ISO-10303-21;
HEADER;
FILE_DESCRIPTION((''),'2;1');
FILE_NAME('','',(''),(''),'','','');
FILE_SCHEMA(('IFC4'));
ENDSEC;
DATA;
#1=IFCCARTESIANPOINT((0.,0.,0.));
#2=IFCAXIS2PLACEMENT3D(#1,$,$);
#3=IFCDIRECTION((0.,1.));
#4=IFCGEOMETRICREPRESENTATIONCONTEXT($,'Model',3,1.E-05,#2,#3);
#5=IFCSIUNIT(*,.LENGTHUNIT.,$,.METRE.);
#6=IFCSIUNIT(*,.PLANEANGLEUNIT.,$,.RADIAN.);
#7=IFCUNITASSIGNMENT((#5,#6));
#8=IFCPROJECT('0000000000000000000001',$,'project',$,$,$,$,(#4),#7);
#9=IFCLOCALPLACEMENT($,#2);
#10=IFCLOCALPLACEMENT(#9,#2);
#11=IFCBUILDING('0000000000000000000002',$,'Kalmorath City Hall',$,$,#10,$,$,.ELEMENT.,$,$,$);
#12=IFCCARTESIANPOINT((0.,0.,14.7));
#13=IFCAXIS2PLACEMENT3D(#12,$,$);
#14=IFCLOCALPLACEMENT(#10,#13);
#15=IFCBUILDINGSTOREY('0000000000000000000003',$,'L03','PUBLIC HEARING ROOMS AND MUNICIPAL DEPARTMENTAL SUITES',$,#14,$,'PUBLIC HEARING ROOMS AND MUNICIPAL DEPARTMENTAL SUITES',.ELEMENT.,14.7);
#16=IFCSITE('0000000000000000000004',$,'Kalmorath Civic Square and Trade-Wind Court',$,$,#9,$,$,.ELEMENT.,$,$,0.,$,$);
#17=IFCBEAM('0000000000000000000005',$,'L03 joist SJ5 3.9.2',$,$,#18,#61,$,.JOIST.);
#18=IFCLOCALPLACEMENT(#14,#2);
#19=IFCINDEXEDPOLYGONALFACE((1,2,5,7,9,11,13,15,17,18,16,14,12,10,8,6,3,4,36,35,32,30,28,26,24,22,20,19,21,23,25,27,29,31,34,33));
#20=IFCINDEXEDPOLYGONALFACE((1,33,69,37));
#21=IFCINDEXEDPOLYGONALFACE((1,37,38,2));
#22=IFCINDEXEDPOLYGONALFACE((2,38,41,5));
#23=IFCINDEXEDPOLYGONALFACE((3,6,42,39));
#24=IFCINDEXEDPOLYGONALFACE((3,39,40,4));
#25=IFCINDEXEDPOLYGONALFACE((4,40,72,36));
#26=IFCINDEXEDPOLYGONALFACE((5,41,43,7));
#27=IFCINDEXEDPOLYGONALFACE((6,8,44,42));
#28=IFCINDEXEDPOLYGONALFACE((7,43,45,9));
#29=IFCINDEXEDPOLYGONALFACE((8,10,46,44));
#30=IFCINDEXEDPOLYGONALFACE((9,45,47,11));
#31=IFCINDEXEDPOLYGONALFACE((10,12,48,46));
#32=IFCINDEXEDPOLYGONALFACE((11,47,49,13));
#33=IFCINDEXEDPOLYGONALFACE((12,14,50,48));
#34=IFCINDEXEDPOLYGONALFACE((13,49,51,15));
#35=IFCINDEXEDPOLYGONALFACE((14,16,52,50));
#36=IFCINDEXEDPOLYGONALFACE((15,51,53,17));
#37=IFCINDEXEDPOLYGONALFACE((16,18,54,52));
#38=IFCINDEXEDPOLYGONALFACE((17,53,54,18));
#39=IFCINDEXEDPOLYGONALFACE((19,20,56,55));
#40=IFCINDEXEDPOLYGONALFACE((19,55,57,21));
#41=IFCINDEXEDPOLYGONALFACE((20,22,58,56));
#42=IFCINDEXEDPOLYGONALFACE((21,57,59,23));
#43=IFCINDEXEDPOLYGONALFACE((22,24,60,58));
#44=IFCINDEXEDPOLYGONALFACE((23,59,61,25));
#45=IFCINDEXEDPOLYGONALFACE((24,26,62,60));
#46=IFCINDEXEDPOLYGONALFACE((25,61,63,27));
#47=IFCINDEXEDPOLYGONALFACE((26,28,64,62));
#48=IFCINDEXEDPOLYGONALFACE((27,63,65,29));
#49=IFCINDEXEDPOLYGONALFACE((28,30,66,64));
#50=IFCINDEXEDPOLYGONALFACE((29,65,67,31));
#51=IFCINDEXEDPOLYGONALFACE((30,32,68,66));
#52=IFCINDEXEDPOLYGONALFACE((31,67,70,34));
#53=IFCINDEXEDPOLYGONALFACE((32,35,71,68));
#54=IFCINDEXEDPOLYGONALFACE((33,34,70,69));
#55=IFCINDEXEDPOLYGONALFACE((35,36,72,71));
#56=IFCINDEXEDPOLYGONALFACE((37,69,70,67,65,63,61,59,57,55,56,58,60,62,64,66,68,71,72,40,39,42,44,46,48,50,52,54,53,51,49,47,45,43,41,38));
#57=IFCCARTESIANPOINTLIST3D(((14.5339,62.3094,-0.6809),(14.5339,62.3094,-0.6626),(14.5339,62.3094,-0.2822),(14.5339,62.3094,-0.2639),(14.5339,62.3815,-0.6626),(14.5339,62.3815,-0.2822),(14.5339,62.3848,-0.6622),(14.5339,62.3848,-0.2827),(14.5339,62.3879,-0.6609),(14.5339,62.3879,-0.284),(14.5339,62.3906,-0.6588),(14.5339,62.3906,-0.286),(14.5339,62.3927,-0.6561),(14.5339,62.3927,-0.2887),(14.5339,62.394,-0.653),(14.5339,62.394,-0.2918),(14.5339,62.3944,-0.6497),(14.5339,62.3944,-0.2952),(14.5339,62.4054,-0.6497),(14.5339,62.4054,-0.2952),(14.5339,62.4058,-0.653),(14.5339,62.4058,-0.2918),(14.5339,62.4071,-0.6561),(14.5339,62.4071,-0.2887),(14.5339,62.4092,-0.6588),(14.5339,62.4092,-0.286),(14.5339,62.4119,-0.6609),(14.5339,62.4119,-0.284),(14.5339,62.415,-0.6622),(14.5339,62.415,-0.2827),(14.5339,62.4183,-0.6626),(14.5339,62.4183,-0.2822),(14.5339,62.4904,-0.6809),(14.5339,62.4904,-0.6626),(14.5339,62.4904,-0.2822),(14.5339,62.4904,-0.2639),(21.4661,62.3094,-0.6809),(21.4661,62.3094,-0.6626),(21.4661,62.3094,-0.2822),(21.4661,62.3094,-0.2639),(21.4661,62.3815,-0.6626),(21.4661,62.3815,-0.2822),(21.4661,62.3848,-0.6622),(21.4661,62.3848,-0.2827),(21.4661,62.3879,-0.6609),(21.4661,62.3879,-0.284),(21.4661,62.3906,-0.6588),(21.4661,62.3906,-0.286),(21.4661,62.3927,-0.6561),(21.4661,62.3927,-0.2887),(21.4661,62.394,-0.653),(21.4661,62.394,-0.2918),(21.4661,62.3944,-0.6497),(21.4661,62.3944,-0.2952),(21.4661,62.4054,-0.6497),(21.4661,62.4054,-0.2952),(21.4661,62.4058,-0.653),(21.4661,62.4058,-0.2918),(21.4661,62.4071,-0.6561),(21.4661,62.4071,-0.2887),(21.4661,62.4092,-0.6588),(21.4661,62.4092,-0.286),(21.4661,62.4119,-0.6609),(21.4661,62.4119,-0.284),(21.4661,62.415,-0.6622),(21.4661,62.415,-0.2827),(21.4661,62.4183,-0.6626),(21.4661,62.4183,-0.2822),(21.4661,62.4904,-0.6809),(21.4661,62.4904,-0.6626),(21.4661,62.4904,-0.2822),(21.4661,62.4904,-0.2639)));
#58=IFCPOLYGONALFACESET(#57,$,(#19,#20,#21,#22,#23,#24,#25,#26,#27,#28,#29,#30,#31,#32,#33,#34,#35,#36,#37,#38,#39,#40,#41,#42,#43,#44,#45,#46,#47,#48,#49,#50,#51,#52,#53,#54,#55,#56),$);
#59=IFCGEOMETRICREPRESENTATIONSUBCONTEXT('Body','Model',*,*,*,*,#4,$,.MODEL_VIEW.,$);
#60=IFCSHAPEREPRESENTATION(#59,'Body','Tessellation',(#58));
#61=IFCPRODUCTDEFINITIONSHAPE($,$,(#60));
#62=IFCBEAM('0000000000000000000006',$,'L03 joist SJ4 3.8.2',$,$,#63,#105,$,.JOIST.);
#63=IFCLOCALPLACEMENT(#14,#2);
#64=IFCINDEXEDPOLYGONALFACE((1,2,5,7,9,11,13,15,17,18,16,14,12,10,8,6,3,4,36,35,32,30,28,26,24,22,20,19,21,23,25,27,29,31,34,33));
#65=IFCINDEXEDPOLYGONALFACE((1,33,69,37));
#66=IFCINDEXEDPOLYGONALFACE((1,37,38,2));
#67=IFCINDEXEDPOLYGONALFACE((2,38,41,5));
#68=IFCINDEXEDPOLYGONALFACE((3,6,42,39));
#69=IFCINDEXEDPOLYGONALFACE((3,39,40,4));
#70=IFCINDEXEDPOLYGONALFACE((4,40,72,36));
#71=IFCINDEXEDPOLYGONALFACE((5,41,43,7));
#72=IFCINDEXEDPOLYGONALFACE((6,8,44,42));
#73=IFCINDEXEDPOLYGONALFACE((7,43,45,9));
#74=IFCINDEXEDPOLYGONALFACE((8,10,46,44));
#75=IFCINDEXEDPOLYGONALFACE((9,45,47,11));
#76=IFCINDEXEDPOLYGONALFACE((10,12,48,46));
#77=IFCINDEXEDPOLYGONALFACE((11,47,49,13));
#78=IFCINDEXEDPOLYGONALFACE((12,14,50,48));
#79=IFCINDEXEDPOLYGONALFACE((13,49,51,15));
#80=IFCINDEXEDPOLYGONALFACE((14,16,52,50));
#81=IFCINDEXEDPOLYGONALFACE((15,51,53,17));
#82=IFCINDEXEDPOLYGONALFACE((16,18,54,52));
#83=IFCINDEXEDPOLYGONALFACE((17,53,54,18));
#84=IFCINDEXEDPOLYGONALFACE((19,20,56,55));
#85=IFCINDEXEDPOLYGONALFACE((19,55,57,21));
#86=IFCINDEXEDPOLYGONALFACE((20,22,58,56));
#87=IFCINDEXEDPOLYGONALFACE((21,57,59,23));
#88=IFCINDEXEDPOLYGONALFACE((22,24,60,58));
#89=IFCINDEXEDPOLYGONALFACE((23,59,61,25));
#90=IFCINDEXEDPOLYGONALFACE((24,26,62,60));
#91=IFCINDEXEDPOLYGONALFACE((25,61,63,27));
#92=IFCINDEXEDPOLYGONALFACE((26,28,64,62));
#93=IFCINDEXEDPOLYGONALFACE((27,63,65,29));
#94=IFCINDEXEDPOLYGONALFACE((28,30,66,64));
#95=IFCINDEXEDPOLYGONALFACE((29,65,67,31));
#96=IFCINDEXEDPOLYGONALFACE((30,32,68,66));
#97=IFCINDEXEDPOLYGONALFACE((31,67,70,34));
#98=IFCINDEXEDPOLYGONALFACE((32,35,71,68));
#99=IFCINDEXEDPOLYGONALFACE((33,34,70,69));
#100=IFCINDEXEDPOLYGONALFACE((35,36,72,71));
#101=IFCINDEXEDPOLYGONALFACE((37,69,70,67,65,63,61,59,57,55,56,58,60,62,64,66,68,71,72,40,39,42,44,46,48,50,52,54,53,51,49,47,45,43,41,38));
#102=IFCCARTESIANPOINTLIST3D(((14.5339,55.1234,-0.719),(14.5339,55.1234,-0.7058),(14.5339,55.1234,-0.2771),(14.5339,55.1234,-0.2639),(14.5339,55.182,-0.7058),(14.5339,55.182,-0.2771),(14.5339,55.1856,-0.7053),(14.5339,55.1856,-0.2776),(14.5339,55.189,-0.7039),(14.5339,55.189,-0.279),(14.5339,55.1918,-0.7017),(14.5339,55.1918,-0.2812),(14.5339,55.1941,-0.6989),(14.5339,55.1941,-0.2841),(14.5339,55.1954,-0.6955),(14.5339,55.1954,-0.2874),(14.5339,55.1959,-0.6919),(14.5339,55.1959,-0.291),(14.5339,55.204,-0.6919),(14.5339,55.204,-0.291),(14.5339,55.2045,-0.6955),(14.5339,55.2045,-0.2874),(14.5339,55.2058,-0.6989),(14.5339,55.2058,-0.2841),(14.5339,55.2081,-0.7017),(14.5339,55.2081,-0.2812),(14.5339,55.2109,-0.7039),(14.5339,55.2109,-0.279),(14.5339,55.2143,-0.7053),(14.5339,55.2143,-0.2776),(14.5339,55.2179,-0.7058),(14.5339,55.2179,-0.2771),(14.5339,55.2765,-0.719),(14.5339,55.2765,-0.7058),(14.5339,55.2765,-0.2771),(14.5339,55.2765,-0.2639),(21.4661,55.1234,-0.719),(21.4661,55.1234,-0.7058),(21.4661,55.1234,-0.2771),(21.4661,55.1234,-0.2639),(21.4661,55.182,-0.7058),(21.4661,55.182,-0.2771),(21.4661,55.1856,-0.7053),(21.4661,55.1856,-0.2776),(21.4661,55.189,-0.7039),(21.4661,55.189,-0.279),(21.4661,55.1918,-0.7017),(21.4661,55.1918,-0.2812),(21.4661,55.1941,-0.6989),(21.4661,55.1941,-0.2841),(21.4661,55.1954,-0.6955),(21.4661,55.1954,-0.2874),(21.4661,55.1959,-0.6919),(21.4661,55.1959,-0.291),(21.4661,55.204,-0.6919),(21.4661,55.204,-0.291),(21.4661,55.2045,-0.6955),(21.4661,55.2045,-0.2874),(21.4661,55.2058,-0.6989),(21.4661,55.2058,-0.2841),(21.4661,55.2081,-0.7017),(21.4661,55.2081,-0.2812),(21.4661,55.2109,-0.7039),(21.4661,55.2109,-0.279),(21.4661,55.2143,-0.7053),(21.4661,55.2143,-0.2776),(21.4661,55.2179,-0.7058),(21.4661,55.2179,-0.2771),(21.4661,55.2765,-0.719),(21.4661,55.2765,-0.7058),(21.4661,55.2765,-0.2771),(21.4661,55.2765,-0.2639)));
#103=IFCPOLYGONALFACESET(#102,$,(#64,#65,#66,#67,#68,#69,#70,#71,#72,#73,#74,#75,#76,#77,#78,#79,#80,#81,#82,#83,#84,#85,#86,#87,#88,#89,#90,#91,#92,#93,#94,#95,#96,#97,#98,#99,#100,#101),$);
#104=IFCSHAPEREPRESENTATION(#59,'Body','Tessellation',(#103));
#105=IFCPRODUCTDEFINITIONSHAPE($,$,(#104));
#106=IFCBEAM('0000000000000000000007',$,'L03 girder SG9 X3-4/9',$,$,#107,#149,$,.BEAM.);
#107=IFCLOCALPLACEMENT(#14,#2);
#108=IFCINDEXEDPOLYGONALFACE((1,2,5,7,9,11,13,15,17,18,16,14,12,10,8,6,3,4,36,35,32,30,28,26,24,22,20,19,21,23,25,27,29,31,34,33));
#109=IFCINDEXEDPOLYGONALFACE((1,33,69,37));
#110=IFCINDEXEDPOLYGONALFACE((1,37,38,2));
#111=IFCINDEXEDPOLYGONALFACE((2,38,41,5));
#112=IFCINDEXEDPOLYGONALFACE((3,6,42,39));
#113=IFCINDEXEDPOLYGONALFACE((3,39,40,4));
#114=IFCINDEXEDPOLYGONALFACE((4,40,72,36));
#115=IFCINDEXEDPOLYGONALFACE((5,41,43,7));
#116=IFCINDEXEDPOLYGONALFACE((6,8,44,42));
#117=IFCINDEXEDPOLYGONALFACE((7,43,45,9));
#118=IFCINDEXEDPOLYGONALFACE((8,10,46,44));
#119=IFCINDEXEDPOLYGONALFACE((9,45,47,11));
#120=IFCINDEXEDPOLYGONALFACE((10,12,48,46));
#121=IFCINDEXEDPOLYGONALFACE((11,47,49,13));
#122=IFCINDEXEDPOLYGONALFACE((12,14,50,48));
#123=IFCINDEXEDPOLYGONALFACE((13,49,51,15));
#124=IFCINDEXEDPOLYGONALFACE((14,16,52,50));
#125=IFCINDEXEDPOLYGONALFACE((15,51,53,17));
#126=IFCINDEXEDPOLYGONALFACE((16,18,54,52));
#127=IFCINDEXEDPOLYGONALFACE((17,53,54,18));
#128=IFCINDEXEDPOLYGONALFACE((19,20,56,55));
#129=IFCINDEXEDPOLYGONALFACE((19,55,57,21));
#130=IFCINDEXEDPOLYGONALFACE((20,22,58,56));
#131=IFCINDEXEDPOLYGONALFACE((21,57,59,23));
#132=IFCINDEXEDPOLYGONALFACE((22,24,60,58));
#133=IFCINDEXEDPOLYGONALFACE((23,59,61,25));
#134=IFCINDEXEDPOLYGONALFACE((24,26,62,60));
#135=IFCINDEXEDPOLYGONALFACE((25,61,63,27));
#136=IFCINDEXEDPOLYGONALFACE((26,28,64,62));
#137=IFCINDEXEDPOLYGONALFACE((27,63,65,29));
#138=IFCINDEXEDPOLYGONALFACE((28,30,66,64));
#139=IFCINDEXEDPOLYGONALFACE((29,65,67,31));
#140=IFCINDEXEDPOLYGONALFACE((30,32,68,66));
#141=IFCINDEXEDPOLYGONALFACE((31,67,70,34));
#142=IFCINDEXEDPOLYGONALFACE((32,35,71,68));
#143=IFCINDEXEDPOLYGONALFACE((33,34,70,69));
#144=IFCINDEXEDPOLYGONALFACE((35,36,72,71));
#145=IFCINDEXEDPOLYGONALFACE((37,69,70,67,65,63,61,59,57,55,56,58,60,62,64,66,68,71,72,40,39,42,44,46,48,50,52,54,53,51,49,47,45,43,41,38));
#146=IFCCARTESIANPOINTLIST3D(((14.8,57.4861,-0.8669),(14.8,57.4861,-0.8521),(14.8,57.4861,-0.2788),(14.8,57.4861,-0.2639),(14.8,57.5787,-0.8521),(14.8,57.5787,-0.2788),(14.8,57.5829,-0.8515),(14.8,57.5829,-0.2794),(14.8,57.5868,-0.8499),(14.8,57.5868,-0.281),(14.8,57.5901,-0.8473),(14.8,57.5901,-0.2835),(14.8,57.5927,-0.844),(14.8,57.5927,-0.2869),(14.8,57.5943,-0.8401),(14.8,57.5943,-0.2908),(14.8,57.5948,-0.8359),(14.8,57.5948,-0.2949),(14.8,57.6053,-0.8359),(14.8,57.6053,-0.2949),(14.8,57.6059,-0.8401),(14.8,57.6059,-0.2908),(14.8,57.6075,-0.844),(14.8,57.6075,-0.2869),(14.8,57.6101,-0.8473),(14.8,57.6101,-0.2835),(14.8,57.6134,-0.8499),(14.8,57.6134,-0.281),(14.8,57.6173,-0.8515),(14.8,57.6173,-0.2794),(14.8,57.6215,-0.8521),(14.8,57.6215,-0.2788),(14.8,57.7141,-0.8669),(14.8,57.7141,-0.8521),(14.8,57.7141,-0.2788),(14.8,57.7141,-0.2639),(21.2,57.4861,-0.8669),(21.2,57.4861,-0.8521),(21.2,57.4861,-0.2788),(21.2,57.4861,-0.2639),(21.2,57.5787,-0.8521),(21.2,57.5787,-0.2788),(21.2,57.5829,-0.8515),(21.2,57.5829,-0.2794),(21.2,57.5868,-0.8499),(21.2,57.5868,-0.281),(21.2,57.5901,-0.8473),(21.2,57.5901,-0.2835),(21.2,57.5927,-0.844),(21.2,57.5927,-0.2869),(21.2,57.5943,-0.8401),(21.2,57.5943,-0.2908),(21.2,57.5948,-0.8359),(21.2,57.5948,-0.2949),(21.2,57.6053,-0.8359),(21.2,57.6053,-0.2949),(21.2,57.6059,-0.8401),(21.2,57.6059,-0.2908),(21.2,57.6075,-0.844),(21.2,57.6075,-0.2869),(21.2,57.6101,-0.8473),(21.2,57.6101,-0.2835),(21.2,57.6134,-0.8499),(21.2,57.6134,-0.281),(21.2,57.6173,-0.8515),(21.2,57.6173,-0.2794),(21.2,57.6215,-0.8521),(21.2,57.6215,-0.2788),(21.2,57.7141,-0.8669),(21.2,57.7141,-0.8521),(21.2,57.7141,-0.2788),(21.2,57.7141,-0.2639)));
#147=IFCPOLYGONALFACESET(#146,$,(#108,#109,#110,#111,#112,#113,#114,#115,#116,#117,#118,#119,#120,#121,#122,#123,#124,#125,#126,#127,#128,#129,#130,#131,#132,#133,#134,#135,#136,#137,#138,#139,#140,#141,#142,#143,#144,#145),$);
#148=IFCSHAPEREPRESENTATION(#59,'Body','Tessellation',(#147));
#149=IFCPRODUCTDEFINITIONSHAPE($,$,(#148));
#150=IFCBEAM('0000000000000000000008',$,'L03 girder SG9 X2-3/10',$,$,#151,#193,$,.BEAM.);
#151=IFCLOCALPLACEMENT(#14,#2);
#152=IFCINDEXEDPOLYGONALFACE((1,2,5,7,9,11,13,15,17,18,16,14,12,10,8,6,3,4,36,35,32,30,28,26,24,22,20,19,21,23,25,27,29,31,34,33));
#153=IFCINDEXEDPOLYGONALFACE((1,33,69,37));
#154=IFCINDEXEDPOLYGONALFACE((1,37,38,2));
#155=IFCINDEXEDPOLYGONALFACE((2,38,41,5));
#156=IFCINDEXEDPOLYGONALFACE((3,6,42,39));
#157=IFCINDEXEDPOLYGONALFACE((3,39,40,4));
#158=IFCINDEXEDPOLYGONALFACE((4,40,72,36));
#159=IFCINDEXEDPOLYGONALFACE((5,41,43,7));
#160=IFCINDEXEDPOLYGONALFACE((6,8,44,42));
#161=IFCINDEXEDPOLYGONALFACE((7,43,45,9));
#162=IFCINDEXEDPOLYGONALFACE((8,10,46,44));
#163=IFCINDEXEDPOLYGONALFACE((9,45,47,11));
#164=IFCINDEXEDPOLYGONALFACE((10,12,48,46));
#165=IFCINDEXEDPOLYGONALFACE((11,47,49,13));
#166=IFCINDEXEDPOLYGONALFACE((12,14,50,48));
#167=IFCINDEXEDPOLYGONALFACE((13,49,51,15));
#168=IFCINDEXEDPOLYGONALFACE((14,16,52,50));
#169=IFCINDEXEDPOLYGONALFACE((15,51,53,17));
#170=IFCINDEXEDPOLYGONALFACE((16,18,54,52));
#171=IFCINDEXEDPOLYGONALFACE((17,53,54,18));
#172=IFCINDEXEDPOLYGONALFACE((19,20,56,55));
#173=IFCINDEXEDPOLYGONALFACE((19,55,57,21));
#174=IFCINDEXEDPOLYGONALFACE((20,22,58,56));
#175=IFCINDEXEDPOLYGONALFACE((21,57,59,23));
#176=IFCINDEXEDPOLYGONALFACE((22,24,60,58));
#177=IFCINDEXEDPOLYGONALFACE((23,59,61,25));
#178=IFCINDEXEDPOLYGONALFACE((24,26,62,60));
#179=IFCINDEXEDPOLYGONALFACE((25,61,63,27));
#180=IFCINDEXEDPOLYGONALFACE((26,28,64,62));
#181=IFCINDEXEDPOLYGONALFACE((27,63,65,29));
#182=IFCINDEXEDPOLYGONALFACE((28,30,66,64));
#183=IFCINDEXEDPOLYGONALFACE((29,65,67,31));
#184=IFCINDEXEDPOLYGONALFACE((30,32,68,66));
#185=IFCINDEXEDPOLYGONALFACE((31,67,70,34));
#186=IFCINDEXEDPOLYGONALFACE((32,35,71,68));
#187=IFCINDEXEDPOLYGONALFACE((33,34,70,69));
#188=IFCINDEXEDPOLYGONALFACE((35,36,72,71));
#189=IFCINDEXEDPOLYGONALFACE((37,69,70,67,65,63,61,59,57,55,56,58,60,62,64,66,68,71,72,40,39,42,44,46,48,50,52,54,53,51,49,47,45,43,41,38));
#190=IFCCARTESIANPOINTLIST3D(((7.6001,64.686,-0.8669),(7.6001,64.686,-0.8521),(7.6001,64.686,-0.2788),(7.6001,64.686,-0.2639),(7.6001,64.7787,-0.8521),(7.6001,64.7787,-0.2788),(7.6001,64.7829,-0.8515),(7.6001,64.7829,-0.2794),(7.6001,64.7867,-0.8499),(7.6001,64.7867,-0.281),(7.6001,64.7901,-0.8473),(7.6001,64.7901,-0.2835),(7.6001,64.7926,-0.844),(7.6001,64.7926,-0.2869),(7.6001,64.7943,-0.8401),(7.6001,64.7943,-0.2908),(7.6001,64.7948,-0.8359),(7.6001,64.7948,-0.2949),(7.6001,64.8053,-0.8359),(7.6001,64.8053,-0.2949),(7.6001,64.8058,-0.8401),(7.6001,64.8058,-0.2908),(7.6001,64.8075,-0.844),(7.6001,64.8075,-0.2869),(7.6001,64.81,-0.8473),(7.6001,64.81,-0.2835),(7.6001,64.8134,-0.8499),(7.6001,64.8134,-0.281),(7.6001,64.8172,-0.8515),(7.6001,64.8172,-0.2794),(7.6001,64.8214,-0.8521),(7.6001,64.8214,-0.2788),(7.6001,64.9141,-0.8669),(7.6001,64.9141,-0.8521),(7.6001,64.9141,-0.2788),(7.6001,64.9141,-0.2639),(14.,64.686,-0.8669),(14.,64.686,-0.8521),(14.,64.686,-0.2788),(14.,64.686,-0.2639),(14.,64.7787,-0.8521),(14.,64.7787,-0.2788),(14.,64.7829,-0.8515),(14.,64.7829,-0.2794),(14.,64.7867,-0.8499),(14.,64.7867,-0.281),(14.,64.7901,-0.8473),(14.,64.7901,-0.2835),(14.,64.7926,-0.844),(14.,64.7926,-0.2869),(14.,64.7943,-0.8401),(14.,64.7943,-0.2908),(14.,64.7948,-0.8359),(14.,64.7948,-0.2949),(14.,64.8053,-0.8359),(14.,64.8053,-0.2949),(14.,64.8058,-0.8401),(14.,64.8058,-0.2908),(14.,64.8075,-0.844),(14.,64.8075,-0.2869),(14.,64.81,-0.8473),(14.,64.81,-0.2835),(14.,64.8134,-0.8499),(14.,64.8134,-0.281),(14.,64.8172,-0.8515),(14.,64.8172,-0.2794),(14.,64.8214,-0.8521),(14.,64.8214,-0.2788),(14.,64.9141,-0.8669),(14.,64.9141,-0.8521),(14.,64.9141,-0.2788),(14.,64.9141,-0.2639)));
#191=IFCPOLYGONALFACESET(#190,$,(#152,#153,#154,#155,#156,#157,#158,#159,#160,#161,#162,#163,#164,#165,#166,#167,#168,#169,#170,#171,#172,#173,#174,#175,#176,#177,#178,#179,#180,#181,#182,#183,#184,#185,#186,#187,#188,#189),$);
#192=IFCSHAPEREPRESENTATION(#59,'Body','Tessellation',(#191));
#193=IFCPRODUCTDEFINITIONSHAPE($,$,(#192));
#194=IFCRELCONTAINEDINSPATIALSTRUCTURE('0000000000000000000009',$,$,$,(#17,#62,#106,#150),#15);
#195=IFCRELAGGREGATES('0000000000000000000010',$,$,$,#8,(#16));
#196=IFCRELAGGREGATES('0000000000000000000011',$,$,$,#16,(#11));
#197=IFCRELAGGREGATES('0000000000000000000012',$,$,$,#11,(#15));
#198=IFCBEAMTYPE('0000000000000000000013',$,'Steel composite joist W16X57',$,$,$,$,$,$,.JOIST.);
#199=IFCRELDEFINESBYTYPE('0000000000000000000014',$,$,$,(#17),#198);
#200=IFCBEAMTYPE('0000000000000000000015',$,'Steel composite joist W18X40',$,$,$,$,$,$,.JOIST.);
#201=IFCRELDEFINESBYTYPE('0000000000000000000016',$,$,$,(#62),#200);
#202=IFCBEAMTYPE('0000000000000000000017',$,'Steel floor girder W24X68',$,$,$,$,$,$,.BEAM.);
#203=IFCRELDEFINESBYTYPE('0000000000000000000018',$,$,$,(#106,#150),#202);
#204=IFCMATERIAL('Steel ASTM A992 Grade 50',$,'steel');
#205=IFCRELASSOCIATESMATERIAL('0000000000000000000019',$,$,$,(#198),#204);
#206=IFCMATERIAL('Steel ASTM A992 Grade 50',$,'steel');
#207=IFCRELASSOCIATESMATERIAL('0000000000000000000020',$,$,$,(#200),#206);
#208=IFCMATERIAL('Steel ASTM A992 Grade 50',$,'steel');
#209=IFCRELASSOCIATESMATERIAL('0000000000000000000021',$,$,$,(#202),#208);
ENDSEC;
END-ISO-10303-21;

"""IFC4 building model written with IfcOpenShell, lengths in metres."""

from ifc_helpers import new_model, si_unit, direction, frame, origin, origin_2d, place, context, subcontext, project, spatial, i_section, extrude, material, material_profile, profile_set, type_object, element, save


model = new_model("IFC4")

# Units and contexts
model_context = context("Model", 3, precision=1e-05, world=origin(), true_north=direction((0.0, 1.0)))
body_context = subcontext(model_context, "Body", "Model", "MODEL_VIEW")
ifc_project = project(units=[si_unit("LENGTHUNIT", "METRE"), si_unit("PLANEANGLEUNIT", "RADIAN")], contexts=[model_context])

# Site, building, storey
site_placement = place(None, origin())
site = spatial("IfcSite", under=ifc_project, at=site_placement, Name="Kalmorath Civic Square and Trade-Wind Court", CompositionType="ELEMENT", RefElevation=0.0)
building_placement = place(site_placement, origin())
building = spatial("IfcBuilding", under=site, at=building_placement, Name="Kalmorath City Hall", CompositionType="ELEMENT")
storey_placement = place(building_placement, frame((0.0, 0.0, 14.7)))
storey = spatial("IfcBuildingStorey", under=building, at=storey_placement, Name="L03", Description="PUBLIC HEARING ROOMS AND MUNICIPAL DEPARTMENTAL SUITES", LongName="PUBLIC HEARING ROOMS AND MUNICIPAL DEPARTMENTAL SUITES", CompositionType="ELEMENT", Elevation=14.7)

# Beams
ifc_material_1 = material(Name="Steel ASTM A992 Grade 50", Category="steel")
ifc_material_profile_1 = material_profile(ifc_material_1, i_section(OverallWidth=0.1809, OverallDepth=0.417, WebThickness=0.011, FlangeThickness=0.0183, FilletRadius=0.0129, at=origin_2d()), Name="W16X57")
ifc_profile_set_1 = profile_set([ifc_material_profile_1], Name="Steel ASTM A992 Grade 50")
beam_type_1 = type_object("IfcBeamType", Name="Steel composite joist W16X57", PredefinedType="JOIST", material=ifc_profile_set_1)
for number, where, z_axis, x_axis, name in (
    (1, (14.5339, 62.3999, -0.4724), (1.0, 0.0, 0.0), (0.0, 1.0, 0.0), "L03 joist SJ5 3.9.2"),
):
    element("IfcBeam", number, at=place(storey_placement, frame(where, z_axis=z_axis, x_axis=x_axis)), inside=storey, type_object=beam_type_1, Name=name, PredefinedType="JOIST", context=body_context, shape_type="SweptSolid", body=[
        extrude(i_section(OverallWidth=0.1809, OverallDepth=0.417, WebThickness=0.011, FlangeThickness=0.0183, FilletRadius=0.0129, at=origin_2d()), origin(), (0.0, 0.0, 1.0), 6.9321),
    ])
ifc_material_2 = material(Name="Steel ASTM A992 Grade 50", Category="steel")
ifc_material_profile_2 = material_profile(ifc_material_2, i_section(OverallWidth=0.1531, OverallDepth=0.4551, WebThickness=0.0081, FlangeThickness=0.0132, FilletRadius=0.0139, at=origin_2d()), Name="W18X40")
ifc_profile_set_2 = profile_set([ifc_material_profile_2], Name="Steel ASTM A992 Grade 50")
beam_type_2 = type_object("IfcBeamType", Name="Steel composite joist W18X40", PredefinedType="JOIST", material=ifc_profile_set_2)
beam_1_placement = place(storey_placement, frame((14.5339, 55.2, -0.4915), z_axis=(1.0, 0.0, 0.0), x_axis=(0.0, 1.0, 0.0)))
element("IfcBeam", 2, at=beam_1_placement, inside=storey, type_object=beam_type_2, Name="L03 joist SJ4 3.8.2", PredefinedType="JOIST", context=body_context, shape_type="SweptSolid", body=[
    extrude(i_section(OverallWidth=0.1531, OverallDepth=0.4551, WebThickness=0.0081, FlangeThickness=0.0132, FilletRadius=0.0139, at=origin_2d()), origin(), (0.0, 0.0, 1.0), 6.9321),
])
ifc_material_3 = material(Name="Steel ASTM A992 Grade 50", Category="steel")
ifc_material_profile_3 = material_profile(ifc_material_3, i_section(OverallWidth=0.228, OverallDepth=0.603, WebThickness=0.0105, FlangeThickness=0.0149, FilletRadius=0.0161, at=origin_2d()), Name="W24X68")
ifc_profile_set_3 = profile_set([ifc_material_profile_3], Name="Steel ASTM A992 Grade 50")
beam_type_3 = type_object("IfcBeamType", Name="Steel floor girder W24X68", PredefinedType="BEAM", material=ifc_profile_set_3)
for number, where, z_axis, x_axis, name in (
    (3, (14.8, 57.6001, -0.5654), (1.0, 0.0, 0.0), (0.0, 1.0, 0.0), "L03 girder SG9 X3-4/9"),
    (4, (7.6001, 64.8, -0.5654), (1.0, 0.0, 0.0), (0.0, 1.0, 0.0), "L03 girder SG9 X2-3/10"),
):
    element("IfcBeam", number, at=place(storey_placement, frame(where, z_axis=z_axis, x_axis=x_axis)), inside=storey, type_object=beam_type_3, Name=name, PredefinedType="BEAM", context=body_context, shape_type="SweptSolid", body=[
        extrude(i_section(OverallWidth=0.228, OverallDepth=0.603, WebThickness=0.0105, FlangeThickness=0.0149, FilletRadius=0.0161, at=origin_2d()), origin(), (0.0, 0.0, 1.0), 6.3999),
    ])

save(model, "model.ifc")
